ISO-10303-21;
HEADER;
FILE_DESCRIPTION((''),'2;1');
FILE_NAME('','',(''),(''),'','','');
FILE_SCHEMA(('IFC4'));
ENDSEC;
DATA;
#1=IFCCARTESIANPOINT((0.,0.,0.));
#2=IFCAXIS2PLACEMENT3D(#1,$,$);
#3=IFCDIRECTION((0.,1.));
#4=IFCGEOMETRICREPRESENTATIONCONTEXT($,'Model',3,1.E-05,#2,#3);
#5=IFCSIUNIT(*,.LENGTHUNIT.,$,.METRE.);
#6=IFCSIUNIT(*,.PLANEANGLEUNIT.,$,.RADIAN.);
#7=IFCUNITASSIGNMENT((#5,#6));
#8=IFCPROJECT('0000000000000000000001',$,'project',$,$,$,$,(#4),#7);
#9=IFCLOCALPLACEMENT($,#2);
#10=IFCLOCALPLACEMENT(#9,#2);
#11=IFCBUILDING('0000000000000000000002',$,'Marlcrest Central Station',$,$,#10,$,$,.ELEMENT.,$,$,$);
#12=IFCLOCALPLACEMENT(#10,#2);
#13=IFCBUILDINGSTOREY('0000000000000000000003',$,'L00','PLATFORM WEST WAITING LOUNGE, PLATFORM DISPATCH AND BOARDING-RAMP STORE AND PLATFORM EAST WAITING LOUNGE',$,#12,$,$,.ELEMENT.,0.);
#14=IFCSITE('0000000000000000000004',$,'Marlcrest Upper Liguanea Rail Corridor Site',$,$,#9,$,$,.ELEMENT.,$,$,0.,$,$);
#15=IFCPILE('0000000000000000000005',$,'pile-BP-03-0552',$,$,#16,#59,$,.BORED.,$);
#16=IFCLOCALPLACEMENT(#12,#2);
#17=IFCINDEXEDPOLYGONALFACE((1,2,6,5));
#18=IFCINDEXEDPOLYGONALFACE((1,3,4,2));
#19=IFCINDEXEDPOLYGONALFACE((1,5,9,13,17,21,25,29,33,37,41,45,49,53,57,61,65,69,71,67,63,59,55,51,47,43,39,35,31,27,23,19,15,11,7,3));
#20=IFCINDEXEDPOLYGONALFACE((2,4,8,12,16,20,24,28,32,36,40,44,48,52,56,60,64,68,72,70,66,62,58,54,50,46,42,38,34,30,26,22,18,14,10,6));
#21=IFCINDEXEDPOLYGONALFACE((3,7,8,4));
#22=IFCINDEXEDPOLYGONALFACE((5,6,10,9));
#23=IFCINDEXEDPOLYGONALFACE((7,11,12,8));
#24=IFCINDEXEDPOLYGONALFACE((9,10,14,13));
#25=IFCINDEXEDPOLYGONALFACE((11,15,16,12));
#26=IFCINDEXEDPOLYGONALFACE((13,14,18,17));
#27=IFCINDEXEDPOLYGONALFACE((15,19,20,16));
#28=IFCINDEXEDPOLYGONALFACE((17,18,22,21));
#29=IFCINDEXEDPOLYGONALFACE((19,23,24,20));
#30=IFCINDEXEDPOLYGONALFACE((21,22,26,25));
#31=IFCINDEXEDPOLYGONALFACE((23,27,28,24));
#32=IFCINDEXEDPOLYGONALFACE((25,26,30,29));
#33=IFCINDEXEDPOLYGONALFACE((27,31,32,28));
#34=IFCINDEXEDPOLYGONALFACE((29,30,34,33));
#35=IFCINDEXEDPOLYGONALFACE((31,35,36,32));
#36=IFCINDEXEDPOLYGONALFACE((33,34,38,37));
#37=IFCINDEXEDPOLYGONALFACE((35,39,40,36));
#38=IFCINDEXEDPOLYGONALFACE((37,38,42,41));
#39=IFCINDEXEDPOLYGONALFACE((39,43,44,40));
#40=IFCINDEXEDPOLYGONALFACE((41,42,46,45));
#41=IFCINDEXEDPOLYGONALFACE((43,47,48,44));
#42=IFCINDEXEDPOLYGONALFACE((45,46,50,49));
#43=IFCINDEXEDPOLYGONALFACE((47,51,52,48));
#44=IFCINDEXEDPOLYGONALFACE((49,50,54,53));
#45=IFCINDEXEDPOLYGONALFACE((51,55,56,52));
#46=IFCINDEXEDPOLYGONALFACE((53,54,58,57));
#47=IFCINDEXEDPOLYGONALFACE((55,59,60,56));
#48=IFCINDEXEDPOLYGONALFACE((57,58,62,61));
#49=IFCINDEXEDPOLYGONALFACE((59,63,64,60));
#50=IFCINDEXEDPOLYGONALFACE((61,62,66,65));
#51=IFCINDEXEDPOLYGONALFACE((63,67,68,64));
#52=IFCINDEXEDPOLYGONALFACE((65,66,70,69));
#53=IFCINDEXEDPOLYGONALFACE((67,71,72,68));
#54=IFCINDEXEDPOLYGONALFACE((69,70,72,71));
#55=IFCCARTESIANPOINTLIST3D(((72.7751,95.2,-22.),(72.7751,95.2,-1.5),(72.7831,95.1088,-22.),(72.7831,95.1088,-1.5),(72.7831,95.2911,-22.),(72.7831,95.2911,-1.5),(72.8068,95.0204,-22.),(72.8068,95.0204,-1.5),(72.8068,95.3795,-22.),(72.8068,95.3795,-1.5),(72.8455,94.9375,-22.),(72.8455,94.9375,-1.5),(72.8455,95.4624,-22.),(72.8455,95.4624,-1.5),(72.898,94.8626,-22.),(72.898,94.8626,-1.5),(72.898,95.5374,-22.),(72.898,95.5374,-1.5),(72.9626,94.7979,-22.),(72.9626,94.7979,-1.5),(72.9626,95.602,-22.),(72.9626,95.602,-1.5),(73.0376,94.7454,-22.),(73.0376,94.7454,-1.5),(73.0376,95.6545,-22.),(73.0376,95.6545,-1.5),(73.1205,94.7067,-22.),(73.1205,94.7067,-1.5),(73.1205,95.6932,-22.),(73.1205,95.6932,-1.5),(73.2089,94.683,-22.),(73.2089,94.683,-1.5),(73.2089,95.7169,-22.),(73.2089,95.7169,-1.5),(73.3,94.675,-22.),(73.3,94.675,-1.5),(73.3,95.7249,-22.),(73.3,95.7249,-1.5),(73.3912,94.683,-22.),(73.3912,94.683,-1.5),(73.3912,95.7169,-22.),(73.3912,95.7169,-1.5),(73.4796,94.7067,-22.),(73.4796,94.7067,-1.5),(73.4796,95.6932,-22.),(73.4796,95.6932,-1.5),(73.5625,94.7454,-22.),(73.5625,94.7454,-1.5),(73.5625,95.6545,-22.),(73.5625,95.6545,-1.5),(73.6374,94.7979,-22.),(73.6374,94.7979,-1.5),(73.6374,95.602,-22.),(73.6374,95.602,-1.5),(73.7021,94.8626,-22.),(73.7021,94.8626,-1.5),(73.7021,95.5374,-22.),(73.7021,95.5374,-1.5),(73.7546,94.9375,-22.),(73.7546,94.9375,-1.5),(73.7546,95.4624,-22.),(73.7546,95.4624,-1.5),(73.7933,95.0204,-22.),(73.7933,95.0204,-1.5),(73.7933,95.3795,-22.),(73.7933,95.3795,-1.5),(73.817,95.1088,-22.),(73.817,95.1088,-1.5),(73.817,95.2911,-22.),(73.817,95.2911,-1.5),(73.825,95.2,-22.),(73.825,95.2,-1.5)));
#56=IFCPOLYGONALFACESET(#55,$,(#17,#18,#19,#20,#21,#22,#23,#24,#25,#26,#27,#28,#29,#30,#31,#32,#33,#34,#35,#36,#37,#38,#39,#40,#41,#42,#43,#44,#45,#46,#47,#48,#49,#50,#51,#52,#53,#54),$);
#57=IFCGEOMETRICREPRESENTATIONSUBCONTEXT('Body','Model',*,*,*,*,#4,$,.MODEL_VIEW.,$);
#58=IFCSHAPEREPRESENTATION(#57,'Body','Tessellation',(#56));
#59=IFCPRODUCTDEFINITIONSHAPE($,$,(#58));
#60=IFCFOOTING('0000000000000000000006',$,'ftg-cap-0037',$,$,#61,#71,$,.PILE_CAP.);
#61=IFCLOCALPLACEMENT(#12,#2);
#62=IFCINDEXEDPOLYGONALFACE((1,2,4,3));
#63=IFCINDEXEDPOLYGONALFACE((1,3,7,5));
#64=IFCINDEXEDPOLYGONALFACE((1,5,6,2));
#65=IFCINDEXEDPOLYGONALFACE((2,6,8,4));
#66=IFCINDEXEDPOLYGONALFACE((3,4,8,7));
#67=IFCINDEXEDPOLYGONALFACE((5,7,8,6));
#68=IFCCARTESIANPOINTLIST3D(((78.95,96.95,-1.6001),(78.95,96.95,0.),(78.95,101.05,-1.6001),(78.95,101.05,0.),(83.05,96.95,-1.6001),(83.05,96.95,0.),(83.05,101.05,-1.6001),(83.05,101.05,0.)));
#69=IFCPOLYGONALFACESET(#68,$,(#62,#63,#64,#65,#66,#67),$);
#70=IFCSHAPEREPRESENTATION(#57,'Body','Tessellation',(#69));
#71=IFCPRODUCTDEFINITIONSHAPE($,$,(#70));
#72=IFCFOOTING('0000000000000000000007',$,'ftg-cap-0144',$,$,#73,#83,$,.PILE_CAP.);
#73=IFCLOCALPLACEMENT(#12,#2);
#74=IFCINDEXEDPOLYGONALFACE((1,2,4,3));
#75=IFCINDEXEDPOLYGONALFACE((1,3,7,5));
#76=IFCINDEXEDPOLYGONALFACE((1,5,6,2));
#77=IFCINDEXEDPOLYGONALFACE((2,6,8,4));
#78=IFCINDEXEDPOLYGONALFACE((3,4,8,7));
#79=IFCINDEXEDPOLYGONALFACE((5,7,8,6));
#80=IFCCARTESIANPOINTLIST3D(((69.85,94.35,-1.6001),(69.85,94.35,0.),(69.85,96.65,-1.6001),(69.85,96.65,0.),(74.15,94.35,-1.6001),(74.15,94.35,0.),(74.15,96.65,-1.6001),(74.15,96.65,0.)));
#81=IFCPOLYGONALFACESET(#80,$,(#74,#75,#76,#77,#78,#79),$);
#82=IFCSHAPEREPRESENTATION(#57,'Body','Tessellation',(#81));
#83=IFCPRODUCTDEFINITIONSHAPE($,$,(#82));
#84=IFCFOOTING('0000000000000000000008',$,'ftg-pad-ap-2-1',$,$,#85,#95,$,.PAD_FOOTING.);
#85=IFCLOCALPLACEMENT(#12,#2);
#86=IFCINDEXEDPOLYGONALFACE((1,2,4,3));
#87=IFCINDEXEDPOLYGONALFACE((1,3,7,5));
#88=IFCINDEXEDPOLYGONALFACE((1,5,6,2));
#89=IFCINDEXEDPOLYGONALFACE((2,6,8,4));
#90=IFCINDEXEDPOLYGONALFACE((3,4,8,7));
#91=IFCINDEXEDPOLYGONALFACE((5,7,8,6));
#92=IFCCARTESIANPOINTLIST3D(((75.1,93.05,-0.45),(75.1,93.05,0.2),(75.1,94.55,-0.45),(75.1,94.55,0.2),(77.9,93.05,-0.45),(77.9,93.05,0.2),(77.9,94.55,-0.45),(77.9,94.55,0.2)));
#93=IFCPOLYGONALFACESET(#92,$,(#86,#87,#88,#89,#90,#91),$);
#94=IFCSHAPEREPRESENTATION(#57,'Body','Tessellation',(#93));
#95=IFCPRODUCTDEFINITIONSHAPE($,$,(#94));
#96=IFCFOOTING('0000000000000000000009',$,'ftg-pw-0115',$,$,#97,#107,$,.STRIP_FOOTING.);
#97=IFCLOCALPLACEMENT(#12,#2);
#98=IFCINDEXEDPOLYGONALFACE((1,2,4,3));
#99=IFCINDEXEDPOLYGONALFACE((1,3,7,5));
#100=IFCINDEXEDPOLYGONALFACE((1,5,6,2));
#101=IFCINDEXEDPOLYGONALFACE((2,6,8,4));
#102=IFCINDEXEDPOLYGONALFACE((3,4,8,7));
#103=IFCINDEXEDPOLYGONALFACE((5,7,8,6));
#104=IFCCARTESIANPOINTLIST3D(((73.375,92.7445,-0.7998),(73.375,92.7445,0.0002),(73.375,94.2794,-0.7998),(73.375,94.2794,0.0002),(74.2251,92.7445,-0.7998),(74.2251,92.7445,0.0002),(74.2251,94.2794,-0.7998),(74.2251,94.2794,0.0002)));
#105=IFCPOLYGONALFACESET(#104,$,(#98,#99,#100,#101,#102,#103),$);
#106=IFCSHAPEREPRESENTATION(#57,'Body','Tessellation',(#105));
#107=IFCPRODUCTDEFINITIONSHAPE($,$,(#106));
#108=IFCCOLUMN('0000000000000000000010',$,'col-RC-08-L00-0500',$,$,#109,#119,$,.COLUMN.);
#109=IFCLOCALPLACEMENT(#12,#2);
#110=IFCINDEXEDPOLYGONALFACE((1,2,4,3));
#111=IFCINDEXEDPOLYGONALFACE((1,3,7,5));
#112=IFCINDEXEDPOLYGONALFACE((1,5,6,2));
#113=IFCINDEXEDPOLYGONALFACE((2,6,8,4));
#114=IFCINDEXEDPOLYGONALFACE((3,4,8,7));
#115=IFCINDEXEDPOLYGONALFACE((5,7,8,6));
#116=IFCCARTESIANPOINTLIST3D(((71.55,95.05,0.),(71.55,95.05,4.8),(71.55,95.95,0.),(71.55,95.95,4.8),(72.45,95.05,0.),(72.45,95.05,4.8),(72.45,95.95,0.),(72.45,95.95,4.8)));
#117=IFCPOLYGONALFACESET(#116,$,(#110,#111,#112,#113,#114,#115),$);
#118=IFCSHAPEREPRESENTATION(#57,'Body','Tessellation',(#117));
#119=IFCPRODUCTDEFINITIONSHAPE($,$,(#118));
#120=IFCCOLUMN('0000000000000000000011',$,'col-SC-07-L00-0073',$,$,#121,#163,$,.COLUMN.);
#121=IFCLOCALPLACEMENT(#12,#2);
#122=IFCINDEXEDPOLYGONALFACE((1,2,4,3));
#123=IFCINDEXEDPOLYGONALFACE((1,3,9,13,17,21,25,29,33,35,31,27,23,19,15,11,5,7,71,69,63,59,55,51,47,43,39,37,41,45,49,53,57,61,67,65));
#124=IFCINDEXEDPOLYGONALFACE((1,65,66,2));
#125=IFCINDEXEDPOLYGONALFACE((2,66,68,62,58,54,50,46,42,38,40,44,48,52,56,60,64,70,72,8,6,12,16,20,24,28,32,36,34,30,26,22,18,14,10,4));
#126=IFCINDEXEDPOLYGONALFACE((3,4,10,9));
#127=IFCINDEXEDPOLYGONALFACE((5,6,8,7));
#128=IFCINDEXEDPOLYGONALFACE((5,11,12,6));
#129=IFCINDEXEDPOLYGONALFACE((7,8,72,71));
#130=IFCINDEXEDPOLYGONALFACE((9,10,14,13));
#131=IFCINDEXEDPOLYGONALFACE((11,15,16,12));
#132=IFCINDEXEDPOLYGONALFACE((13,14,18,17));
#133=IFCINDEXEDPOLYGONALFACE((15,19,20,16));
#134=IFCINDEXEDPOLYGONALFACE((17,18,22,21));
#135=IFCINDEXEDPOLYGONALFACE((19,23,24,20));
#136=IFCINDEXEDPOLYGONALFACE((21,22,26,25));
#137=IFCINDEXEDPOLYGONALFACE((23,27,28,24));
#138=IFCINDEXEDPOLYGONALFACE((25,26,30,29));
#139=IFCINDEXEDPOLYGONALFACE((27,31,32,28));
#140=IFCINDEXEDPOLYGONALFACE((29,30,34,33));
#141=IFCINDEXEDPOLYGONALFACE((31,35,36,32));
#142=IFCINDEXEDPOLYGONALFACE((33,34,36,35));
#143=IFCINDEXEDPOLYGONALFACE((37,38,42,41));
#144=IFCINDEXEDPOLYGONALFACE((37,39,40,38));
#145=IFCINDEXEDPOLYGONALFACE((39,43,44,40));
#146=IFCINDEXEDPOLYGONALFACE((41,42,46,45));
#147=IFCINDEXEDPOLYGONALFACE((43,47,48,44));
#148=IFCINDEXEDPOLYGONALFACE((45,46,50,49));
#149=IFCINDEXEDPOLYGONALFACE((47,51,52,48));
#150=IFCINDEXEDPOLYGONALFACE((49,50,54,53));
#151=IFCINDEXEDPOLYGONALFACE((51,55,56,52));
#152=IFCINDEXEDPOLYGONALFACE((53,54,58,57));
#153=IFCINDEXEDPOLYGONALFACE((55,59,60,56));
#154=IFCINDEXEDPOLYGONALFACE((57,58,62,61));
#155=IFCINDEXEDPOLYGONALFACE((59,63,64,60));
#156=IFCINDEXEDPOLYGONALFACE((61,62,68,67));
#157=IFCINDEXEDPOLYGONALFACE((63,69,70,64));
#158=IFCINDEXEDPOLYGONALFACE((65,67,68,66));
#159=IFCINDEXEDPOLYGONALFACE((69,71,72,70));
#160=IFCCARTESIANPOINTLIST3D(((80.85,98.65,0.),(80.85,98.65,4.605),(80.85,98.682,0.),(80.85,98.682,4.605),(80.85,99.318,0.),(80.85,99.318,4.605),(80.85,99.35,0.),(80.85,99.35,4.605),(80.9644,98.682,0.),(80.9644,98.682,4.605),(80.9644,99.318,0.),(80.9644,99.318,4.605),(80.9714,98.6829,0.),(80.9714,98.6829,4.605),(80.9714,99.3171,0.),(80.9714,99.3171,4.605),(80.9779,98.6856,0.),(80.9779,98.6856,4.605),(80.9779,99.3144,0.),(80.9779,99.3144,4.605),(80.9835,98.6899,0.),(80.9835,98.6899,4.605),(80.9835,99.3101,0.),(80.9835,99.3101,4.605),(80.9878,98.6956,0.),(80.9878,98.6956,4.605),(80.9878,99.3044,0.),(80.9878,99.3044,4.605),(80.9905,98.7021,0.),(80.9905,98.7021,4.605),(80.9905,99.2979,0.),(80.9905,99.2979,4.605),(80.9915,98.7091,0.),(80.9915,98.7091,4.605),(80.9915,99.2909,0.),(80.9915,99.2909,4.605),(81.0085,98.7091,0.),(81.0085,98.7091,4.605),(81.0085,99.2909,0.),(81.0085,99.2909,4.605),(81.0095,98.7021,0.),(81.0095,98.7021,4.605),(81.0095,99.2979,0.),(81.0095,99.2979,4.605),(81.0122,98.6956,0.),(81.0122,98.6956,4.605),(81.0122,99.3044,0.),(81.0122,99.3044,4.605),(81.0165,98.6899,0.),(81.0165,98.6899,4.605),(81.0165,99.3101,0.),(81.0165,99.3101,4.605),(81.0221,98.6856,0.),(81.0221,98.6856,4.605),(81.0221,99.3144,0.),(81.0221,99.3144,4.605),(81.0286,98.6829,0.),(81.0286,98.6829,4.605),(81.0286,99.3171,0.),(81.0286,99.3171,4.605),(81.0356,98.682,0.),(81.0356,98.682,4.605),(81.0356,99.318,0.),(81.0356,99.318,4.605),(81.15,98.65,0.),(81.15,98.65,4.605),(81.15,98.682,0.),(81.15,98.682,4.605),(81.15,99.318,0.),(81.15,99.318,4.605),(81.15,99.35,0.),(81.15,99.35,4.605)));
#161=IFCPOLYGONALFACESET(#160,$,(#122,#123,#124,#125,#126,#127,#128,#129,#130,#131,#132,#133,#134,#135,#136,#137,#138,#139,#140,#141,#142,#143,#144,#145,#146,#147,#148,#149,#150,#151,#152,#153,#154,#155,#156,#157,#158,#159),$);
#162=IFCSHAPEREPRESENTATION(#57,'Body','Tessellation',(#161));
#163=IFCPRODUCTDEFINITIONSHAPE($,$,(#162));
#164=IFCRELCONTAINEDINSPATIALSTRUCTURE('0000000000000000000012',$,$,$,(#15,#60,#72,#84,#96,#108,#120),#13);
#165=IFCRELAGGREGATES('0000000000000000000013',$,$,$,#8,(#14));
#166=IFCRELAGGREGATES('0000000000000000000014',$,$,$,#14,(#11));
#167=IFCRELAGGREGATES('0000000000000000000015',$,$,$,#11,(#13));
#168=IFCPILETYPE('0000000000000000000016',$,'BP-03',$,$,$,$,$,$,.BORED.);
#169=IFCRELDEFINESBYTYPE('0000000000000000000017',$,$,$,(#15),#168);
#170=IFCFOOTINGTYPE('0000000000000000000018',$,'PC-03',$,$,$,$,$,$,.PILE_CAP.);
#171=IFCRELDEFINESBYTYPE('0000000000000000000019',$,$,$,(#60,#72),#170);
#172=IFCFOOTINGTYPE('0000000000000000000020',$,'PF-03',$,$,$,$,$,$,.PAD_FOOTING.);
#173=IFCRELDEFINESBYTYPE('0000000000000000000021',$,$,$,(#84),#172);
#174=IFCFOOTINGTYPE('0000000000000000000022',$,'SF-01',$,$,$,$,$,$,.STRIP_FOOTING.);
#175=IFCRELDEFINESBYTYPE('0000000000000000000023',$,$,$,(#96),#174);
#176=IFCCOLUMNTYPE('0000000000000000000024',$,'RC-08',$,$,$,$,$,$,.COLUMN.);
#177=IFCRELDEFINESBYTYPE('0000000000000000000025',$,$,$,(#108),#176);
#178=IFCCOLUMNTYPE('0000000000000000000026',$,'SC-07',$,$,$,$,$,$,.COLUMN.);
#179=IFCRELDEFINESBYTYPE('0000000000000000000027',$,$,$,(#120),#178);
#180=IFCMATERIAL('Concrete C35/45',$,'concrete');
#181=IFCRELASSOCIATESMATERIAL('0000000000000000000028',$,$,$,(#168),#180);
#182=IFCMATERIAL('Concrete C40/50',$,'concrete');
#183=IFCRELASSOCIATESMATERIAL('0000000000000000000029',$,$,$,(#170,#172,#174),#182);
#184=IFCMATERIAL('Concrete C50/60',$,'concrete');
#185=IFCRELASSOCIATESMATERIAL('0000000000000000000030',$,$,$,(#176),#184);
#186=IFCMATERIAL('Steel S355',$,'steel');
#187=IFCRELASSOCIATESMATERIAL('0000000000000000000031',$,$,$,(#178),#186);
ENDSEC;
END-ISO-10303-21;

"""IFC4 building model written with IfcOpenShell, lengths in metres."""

from ifc_helpers import new_model, si_unit, direction, frame, origin, origin_2d, place, context, subcontext, project, spatial, rectangle, circle, i_section, extrude, material, material_profile, profile_set, type_object, element, save


model = new_model("IFC4")

# Units and contexts
model_context = context("Model", 3, precision=1e-05, world=origin(), true_north=direction((0.0, 1.0)))
body_context = subcontext(model_context, "Body", "Model", "MODEL_VIEW")
ifc_project = project(units=[si_unit("LENGTHUNIT", "METRE"), si_unit("PLANEANGLEUNIT", "RADIAN")], contexts=[model_context])

# Site, building, storey
site_placement = place(None, origin())
site = spatial("IfcSite", under=ifc_project, at=site_placement, Name="Marlcrest Upper Liguanea Rail Corridor Site", CompositionType="ELEMENT", RefElevation=0.0)
building_placement = place(site_placement, origin())
building = spatial("IfcBuilding", under=site, at=building_placement, Name="Marlcrest Central Station", CompositionType="ELEMENT")
storey_placement = place(building_placement, origin())
storey = spatial("IfcBuildingStorey", under=building, at=storey_placement, Name="L00", Description="PLATFORM WEST WAITING LOUNGE, PLATFORM DISPATCH AND BOARDING-RAMP STORE AND PLATFORM EAST WAITING LOUNGE", CompositionType="ELEMENT", Elevation=0.0)

# Pile
ifc_material_1 = material(Name="Concrete C35/45", Category="concrete")
ifc_material_profile_1 = material_profile(ifc_material_1, circle(Radius=0.5249, at=origin_2d()), Name="PILE D1050")
ifc_profile_set_1 = profile_set([ifc_material_profile_1], Name="Concrete C35/45")
pile_type = type_object("IfcPileType", Name="BP-03", PredefinedType="BORED", material=ifc_profile_set_1)
for number, where, z_axis, x_axis, name in (
    (1, (73.3, 95.2, -1.5), (0.0, 0.0, -1.0), (1.0, 0.0, 0.0), "pile-BP-03-0552"),
):
    element("IfcPile", number, at=place(storey_placement, frame(where, z_axis=z_axis, x_axis=x_axis)), inside=storey, type_object=pile_type, Name=name, PredefinedType="BORED", context=body_context, shape_type="SweptSolid", body=[
        extrude(circle(Radius=0.5249, at=origin_2d()), origin(), (0.0, 0.0, 1.0), 20.5),
    ])

# Footings
ifc_material_2 = material(Name="Concrete C40/50", Category="concrete")
footing_type_1 = type_object("IfcFootingType", Name="PC-03", PredefinedType="PILE_CAP", material=ifc_material_2)
footing_1_placement = place(storey_placement, frame((81.0, 99.0, -1.6001), z_axis=(0.0, 0.0, 1.0), x_axis=(1.0, 0.0, 0.0)))
element("IfcFooting", 2, at=footing_1_placement, inside=storey, type_object=footing_type_1, Name="ftg-cap-0037", PredefinedType="PILE_CAP", context=body_context, shape_type="SweptSolid", body=[
    extrude(rectangle(XDim=4.1001, YDim=4.1001, at=origin_2d()), origin(), (0.0, 0.0, 1.0), 1.6001),
])
footing_2_placement = place(storey_placement, frame((72.0, 95.5, -1.6001), z_axis=(0.0, 0.0, 1.0), x_axis=(1.0, 0.0, 0.0)))
element("IfcFooting", 3, at=footing_2_placement, inside=storey, type_object=footing_type_1, Name="ftg-cap-0144", PredefinedType="PILE_CAP", context=body_context, shape_type="SweptSolid", body=[
    extrude(rectangle(XDim=4.3, YDim=2.3, at=origin_2d()), origin(), (0.0, 0.0, 1.0), 1.6001),
])
footing_type_2 = type_object("IfcFootingType", Name="PF-03", PredefinedType="PAD_FOOTING", material=ifc_material_2)
footing_3_placement = place(storey_placement, frame((76.5, 93.8, -0.45), z_axis=(0.0, 0.0, 1.0), x_axis=(1.0, 0.0, 0.0)))
element("IfcFooting", 4, at=footing_3_placement, inside=storey, type_object=footing_type_2, Name="ftg-pad-ap-2-1", PredefinedType="PAD_FOOTING", context=body_context, shape_type="SweptSolid", body=[
    extrude(rectangle(XDim=2.8, YDim=1.5, at=origin_2d()), origin(), (0.0, 0.0, 1.0), 0.6499),
])
footing_type_3 = type_object("IfcFootingType", Name="SF-01", PredefinedType="STRIP_FOOTING", material=ifc_material_2)
footing_4_placement = place(storey_placement, frame((73.8, 93.512, -0.7998), z_axis=(0.0, 0.0, 1.0), x_axis=(1.0, 0.0, 0.0)))
element("IfcFooting", 5, at=footing_4_placement, inside=storey, type_object=footing_type_3, Name="ftg-pw-0115", PredefinedType="STRIP_FOOTING", context=body_context, shape_type="SweptSolid", body=[
    extrude(rectangle(XDim=0.8501, YDim=1.5349, at=origin_2d()), origin(), (0.0, 0.0, 1.0), 0.8),
])

# Columns
ifc_material_3 = material(Name="Concrete C50/60", Category="concrete")
ifc_material_profile_2 = material_profile(ifc_material_3, rectangle(XDim=0.8999, YDim=0.8999, at=origin_2d()), Name="RC 900x900")
ifc_profile_set_2 = profile_set([ifc_material_profile_2], Name="Concrete C50/60")
column_type_1 = type_object("IfcColumnType", Name="RC-08", PredefinedType="COLUMN", material=ifc_profile_set_2)
column_1_placement = place(storey_placement, frame((72.0, 95.5, 0.0), z_axis=(0.0, 0.0, 1.0), x_axis=(1.0, 0.0, 0.0)))
element("IfcColumn", 6, at=column_1_placement, inside=storey, type_object=column_type_1, Name="col-RC-08-L00-0500", PredefinedType="COLUMN", context=body_context, shape_type="SweptSolid", body=[
    extrude(rectangle(XDim=0.8999, YDim=0.8999, at=origin_2d()), origin(), (0.0, 0.0, 1.0), 4.8),
])
ifc_material_4 = material(Name="Steel S355", Category="steel")
ifc_material_profile_3 = material_profile(ifc_material_4, i_section(OverallWidth=0.3, OverallDepth=0.7, WebThickness=0.0171, FlangeThickness=0.032, FilletRadius=0.0271, at=origin_2d()), Name="HEB 700")
ifc_profile_set_3 = profile_set([ifc_material_profile_3], Name="Steel S355")
column_type_2 = type_object("IfcColumnType", Name="SC-07", PredefinedType="COLUMN", material=ifc_profile_set_3)
column_2_placement = place(storey_placement, frame((81.0, 99.0, 0.0), z_axis=(0.0, 0.0, 1.0), x_axis=(1.0, 0.0, 0.0)))
element("IfcColumn", 7, at=column_2_placement, inside=storey, type_object=column_type_2, Name="col-SC-07-L00-0073", PredefinedType="COLUMN", context=body_context, shape_type="SweptSolid", body=[
    extrude(i_section(OverallWidth=0.3, OverallDepth=0.7, WebThickness=0.0171, FlangeThickness=0.032, FilletRadius=0.0271, at=origin_2d()), origin(), (0.0, 0.0, 1.0), 4.605),
])

save(model, "model.ifc")
